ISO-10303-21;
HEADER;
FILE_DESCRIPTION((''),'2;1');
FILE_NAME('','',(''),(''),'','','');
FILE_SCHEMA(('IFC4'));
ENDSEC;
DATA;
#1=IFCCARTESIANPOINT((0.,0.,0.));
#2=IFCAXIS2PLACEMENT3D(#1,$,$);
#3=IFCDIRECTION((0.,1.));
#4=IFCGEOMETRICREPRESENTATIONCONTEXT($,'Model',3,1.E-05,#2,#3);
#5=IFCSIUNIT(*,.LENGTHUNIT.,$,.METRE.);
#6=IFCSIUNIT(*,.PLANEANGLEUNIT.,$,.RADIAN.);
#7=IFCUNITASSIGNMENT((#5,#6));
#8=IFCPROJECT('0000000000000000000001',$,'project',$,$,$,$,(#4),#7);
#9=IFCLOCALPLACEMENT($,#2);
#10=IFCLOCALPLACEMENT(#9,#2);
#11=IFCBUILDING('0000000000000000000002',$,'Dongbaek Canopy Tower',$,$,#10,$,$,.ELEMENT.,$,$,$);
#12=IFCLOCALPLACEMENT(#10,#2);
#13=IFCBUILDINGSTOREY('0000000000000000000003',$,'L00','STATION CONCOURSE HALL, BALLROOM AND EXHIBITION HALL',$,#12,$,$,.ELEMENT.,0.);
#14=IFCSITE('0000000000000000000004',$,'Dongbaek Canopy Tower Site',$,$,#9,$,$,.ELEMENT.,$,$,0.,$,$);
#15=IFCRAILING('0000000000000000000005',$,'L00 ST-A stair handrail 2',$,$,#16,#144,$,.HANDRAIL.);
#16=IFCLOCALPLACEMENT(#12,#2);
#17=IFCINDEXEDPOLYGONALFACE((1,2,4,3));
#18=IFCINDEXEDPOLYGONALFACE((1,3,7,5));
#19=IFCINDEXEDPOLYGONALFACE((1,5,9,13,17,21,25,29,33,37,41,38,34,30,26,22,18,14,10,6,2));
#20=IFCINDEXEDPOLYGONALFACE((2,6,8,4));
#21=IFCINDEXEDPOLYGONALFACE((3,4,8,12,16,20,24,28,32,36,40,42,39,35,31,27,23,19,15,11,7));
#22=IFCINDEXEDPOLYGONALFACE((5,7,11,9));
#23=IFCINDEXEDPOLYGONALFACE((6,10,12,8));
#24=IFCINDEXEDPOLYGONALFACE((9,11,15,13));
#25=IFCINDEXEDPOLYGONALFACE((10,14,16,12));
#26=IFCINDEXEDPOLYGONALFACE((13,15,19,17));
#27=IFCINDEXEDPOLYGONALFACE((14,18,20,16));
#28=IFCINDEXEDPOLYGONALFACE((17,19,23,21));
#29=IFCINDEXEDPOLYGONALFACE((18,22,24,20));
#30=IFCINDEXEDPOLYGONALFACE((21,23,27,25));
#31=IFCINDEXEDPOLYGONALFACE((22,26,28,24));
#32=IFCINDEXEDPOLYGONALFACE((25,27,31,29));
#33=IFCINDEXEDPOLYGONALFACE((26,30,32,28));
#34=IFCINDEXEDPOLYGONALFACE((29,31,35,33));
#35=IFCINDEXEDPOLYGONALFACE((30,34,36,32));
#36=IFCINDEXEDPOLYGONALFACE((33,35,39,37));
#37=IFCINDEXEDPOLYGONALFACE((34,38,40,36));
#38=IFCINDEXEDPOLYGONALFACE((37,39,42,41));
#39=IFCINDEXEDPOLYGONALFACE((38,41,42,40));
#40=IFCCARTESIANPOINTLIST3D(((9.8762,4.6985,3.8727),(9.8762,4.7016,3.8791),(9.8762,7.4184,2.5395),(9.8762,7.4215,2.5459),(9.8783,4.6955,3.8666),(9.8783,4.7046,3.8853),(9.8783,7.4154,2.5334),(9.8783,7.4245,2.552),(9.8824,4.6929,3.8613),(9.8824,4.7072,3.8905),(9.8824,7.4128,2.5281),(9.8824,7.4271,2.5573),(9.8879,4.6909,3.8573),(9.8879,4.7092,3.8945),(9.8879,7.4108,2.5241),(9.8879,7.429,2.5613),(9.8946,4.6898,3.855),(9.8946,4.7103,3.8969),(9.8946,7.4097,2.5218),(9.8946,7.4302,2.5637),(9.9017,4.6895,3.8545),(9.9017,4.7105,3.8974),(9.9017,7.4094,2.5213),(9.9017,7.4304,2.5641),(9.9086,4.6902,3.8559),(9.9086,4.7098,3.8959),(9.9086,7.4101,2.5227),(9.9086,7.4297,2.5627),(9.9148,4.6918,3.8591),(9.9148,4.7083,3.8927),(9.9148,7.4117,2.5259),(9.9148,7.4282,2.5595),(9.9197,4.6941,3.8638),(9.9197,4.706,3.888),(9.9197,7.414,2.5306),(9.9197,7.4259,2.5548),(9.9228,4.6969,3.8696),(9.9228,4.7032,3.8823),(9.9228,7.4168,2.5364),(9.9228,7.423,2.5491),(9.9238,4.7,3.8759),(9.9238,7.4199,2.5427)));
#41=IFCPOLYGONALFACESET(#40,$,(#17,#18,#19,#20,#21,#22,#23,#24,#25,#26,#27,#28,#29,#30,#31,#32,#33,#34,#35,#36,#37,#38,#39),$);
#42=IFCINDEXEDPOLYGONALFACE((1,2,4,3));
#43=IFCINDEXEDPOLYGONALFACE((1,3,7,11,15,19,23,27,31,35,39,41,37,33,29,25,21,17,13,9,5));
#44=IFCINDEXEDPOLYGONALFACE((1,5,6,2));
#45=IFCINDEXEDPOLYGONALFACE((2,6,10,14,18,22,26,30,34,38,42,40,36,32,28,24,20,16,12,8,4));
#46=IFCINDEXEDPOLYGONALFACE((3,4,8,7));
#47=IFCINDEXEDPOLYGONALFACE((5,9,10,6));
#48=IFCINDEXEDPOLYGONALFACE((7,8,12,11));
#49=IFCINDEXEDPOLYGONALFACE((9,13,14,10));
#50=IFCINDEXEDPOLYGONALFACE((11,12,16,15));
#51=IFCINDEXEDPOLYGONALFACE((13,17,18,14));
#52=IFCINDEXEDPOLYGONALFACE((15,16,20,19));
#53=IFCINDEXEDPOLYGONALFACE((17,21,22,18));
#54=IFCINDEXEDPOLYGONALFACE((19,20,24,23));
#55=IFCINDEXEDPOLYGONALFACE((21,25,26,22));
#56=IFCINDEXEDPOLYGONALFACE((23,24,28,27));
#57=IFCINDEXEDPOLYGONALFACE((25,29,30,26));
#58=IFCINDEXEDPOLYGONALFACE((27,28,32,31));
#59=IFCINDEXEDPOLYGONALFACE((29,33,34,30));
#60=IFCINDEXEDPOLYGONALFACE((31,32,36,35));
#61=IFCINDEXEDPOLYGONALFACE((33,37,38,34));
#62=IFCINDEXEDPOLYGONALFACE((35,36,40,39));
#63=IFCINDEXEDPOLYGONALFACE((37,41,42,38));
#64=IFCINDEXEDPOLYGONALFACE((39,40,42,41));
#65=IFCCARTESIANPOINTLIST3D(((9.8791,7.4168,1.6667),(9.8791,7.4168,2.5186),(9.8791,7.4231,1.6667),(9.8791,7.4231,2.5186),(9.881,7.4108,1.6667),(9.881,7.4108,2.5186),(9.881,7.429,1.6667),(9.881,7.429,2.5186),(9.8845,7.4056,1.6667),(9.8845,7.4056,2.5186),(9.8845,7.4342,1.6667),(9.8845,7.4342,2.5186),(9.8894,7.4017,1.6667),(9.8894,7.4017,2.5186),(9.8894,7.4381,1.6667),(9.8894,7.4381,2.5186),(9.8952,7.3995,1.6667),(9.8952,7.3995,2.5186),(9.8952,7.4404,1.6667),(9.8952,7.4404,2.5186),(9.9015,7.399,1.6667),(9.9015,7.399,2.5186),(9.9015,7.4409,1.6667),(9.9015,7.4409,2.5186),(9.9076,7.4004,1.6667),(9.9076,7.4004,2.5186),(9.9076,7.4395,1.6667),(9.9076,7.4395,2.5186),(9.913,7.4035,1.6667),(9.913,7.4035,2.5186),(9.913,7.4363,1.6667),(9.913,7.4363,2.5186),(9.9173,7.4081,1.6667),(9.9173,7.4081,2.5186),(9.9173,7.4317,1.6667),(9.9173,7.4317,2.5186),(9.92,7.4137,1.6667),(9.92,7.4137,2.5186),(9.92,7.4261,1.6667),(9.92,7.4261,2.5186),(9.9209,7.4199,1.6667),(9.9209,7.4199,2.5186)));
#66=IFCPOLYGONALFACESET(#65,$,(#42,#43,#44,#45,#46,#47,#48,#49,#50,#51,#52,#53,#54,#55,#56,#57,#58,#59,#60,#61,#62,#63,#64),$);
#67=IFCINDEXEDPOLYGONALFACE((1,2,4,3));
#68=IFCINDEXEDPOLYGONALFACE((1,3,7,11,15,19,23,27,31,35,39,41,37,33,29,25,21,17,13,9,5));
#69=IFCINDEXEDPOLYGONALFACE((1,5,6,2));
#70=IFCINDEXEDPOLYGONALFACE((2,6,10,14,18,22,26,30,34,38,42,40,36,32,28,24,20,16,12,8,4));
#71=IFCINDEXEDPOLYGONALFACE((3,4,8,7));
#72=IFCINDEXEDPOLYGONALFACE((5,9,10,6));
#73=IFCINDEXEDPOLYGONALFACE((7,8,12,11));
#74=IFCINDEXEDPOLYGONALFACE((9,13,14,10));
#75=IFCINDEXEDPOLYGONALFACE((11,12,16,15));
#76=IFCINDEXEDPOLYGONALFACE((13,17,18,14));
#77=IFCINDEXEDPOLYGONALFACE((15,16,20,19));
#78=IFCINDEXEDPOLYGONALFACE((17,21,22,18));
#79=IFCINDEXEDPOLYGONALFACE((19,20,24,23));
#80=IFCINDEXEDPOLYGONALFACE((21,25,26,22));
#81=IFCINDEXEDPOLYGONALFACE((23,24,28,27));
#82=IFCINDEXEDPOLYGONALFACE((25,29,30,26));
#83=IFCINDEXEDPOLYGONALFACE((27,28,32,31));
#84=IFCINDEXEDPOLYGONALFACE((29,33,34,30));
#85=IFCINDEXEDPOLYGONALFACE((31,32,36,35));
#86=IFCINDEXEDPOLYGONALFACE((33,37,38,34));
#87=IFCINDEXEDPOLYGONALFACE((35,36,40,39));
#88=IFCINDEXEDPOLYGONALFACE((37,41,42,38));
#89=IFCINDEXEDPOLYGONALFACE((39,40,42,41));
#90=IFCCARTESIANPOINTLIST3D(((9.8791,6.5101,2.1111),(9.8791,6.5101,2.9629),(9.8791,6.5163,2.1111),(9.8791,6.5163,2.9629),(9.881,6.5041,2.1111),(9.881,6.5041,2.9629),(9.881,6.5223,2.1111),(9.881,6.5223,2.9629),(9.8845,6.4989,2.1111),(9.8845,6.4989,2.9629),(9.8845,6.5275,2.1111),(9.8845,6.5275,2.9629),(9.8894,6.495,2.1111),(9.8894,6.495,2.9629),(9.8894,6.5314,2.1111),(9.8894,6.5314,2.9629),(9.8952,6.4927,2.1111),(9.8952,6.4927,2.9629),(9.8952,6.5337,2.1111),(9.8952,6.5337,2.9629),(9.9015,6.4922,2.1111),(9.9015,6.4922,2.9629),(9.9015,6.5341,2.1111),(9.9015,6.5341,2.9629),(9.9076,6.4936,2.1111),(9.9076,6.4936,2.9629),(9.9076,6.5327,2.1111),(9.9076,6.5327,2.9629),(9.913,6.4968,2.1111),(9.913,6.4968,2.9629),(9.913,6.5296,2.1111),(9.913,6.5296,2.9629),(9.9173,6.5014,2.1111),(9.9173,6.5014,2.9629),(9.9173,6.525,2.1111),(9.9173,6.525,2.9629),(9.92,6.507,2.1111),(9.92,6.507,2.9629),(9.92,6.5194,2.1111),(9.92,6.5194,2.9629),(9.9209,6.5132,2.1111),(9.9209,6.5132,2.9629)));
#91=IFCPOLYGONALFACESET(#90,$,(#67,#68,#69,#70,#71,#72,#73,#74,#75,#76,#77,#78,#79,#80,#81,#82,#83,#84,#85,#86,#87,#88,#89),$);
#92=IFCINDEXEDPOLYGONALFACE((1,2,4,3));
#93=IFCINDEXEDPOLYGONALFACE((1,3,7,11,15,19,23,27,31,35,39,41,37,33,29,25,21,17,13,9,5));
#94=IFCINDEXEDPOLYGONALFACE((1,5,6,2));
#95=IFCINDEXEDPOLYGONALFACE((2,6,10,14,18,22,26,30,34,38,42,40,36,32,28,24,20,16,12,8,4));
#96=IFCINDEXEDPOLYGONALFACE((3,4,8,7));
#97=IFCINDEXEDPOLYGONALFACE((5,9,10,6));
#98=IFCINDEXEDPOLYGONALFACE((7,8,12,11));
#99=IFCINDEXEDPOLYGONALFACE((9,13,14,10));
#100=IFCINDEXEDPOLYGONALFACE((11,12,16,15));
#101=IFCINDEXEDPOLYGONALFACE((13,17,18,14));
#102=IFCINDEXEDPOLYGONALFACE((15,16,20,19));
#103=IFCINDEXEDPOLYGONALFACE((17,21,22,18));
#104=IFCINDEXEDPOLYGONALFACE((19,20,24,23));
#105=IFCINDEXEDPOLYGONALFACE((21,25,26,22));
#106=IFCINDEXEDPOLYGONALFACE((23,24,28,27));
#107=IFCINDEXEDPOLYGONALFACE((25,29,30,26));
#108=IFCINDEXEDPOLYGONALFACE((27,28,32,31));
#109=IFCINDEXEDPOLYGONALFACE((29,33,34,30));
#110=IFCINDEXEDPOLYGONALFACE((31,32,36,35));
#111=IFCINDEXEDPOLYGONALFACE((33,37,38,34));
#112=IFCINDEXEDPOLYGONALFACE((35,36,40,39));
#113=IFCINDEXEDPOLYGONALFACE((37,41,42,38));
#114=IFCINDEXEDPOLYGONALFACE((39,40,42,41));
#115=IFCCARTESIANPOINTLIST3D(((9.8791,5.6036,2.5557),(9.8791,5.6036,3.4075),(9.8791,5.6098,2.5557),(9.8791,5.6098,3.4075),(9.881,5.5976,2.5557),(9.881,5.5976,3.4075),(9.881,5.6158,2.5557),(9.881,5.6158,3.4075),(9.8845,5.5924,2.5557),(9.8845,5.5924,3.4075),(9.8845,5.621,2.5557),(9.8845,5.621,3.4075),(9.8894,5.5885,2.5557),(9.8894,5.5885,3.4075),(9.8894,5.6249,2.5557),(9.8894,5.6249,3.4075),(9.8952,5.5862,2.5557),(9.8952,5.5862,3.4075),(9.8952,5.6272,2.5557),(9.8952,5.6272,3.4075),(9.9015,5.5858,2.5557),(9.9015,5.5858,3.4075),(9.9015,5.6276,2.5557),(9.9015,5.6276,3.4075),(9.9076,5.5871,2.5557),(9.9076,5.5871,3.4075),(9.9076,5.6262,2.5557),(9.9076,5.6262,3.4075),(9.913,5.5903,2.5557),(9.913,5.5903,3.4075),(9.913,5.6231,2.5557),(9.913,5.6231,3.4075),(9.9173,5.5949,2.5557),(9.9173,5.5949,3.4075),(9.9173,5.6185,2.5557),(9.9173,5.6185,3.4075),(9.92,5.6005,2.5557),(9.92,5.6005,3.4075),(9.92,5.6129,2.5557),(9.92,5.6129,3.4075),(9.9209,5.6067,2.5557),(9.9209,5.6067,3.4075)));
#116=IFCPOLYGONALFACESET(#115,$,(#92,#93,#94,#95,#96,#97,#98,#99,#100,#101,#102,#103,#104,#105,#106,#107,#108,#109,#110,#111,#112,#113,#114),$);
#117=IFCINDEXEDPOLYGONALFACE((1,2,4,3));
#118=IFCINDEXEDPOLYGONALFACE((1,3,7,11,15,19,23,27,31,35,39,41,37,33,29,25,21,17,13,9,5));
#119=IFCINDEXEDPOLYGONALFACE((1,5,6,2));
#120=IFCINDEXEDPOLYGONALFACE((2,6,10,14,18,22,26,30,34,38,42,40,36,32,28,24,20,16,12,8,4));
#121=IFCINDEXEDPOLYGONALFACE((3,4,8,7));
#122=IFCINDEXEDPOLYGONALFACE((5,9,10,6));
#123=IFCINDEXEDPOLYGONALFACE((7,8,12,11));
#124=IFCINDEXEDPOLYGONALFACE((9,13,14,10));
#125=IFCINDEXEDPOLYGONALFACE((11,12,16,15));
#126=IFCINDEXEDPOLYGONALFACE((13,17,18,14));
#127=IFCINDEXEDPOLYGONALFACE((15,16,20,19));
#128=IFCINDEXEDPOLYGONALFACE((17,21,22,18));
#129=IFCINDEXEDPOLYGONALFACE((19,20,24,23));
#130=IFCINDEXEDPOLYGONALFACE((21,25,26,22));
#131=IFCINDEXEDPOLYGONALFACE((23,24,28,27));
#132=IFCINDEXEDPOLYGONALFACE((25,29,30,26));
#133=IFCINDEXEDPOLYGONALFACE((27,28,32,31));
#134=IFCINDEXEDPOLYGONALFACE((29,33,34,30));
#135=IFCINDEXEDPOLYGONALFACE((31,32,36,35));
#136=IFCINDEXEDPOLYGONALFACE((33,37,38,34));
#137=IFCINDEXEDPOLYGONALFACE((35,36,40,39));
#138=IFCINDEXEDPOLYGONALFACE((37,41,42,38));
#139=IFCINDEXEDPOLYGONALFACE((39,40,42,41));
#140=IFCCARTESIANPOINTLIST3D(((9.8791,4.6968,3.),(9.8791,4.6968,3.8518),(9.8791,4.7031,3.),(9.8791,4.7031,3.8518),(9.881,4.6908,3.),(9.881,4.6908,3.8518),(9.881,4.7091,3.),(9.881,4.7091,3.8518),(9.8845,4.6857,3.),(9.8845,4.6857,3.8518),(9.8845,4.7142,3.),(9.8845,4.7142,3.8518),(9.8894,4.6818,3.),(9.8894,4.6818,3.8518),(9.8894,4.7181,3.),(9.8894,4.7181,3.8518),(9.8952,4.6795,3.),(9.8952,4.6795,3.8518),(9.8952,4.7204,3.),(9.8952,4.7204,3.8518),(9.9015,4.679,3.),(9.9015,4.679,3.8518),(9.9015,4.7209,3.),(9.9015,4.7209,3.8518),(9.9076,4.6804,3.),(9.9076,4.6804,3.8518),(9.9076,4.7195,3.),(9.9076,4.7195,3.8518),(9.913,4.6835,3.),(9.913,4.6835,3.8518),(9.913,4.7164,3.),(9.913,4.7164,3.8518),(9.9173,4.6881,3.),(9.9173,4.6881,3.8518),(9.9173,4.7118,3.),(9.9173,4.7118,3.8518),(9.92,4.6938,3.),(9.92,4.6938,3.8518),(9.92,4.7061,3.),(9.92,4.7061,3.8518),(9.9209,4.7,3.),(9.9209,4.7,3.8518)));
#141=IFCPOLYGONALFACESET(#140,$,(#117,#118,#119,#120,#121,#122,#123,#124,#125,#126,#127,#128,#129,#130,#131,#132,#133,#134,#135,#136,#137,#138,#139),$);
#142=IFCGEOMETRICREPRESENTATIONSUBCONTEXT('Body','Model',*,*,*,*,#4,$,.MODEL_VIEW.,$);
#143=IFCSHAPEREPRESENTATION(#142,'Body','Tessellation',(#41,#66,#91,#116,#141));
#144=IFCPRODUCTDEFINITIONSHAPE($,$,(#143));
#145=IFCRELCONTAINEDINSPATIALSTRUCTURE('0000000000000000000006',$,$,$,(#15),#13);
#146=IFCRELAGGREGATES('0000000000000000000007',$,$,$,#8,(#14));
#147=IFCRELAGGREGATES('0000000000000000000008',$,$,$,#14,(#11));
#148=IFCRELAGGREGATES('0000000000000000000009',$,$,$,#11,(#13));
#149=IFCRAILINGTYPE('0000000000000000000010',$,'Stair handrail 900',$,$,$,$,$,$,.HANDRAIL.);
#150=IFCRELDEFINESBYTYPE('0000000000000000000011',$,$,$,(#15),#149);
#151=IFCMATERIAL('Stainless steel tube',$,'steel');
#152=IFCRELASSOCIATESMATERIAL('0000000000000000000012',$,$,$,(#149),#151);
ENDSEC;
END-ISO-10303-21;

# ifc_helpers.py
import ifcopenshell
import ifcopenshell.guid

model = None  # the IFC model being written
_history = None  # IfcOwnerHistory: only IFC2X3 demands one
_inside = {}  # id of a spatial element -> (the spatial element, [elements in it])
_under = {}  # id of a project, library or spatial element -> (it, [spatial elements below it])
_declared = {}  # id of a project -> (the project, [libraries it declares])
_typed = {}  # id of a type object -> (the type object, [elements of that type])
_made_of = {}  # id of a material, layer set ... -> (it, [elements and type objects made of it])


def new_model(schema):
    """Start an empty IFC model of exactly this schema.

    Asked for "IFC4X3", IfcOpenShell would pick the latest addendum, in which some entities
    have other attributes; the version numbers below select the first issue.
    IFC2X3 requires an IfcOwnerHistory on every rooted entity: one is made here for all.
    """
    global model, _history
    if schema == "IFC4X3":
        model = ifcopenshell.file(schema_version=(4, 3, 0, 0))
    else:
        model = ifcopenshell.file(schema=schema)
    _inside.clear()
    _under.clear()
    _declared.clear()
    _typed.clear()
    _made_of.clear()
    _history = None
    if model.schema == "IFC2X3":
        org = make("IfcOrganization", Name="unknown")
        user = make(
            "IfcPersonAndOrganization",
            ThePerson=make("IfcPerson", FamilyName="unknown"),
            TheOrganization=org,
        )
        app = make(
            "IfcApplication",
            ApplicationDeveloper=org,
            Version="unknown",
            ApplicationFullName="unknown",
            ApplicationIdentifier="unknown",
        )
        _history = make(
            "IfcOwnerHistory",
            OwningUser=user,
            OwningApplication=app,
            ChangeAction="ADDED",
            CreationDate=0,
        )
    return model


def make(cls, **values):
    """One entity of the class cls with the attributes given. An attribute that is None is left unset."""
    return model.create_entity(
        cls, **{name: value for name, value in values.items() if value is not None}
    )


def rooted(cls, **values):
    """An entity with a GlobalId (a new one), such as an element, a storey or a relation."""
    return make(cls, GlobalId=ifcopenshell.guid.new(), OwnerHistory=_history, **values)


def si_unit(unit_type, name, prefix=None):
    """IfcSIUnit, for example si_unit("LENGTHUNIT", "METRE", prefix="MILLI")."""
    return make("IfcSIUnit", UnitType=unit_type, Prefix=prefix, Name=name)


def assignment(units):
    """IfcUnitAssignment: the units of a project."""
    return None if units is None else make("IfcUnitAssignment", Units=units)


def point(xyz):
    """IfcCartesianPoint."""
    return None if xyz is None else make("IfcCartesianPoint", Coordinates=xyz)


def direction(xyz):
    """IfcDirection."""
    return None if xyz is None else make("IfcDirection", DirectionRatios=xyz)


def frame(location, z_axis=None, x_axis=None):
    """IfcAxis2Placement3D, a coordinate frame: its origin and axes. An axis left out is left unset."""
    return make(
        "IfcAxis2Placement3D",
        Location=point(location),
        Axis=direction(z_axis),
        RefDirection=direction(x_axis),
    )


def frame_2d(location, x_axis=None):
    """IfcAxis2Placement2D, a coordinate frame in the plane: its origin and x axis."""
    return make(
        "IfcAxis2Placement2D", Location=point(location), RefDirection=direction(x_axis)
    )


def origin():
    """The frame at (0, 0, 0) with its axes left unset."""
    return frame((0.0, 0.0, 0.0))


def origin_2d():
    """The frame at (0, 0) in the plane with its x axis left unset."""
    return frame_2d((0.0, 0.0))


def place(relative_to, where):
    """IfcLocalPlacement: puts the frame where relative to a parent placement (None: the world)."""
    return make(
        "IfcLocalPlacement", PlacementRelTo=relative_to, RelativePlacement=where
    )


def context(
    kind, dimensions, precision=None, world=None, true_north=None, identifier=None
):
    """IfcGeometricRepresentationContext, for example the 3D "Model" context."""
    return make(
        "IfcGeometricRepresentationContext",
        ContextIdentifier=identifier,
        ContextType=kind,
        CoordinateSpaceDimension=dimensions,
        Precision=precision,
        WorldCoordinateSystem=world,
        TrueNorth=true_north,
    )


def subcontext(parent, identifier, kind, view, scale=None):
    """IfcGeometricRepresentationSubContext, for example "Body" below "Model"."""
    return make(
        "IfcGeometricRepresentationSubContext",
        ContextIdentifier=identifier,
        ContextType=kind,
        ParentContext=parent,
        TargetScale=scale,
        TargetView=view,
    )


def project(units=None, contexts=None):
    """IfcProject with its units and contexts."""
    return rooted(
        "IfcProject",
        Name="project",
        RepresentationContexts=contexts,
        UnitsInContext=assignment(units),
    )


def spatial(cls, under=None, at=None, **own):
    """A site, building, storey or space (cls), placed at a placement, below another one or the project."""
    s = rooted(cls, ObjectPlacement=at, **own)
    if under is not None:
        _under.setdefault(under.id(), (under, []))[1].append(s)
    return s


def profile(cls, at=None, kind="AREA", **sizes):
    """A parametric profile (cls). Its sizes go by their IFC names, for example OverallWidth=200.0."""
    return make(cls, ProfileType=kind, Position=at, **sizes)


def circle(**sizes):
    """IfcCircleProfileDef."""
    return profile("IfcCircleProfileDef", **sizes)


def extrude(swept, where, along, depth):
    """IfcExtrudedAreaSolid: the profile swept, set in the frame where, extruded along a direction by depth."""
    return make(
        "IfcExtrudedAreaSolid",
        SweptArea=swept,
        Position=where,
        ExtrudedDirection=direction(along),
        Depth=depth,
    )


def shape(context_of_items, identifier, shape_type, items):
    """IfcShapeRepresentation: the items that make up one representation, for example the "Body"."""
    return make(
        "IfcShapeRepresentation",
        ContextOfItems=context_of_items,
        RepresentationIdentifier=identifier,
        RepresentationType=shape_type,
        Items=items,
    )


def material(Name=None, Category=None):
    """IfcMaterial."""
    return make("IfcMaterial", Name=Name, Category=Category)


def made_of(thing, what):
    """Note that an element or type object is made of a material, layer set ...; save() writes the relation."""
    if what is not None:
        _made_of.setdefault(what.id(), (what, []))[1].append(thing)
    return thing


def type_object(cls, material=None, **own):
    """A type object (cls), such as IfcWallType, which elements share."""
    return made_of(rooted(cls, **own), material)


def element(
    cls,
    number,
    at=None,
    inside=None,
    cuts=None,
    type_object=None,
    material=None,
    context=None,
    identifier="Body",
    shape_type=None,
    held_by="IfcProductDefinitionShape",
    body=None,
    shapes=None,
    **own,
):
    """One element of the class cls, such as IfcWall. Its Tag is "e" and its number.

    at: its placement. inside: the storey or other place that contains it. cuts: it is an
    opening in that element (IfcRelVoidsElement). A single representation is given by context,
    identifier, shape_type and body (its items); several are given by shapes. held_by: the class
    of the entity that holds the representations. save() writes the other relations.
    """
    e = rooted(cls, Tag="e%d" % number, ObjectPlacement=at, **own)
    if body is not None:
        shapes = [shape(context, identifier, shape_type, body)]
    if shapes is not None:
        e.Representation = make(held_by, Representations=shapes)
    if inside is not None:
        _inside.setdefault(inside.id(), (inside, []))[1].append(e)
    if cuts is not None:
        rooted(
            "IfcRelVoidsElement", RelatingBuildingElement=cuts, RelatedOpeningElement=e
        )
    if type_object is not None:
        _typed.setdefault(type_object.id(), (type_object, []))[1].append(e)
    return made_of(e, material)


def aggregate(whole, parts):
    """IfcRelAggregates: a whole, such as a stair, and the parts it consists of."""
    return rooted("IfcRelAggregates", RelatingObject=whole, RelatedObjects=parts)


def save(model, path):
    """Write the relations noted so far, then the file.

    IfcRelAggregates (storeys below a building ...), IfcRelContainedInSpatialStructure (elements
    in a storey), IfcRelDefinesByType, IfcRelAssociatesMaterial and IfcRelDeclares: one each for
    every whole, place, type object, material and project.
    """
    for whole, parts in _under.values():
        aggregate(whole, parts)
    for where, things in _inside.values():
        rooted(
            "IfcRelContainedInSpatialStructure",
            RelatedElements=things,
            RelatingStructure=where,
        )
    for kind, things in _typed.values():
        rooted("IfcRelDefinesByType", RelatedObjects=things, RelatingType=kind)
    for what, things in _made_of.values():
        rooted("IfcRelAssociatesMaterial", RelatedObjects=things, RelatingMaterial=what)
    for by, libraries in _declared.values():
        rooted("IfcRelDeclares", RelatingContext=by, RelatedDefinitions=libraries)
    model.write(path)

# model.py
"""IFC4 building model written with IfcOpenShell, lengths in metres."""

from ifc_helpers import new_model, si_unit, direction, frame, origin, origin_2d, place, context, subcontext, project, spatial, circle, extrude, material, type_object, element, save


model = new_model("IFC4")

# Units and contexts
model_context = context("Model", 3, precision=1e-05, world=origin(), true_north=direction((0.0, 1.0)))
body_context = subcontext(model_context, "Body", "Model", "MODEL_VIEW")
ifc_project = project(units=[si_unit("LENGTHUNIT", "METRE"), si_unit("PLANEANGLEUNIT", "RADIAN")], contexts=[model_context])

# Site, building, storey
site_placement = place(None, origin())
site = spatial("IfcSite", under=ifc_project, at=site_placement, Name="Dongbaek Canopy Tower Site", CompositionType="ELEMENT", RefElevation=0.0)
building_placement = place(site_placement, origin())
building = spatial("IfcBuilding", under=site, at=building_placement, Name="Dongbaek Canopy Tower", CompositionType="ELEMENT")
storey_placement = place(building_placement, origin())
storey = spatial("IfcBuildingStorey", under=building, at=storey_placement, Name="L00", Description="STATION CONCOURSE HALL, BALLROOM AND EXHIBITION HALL", CompositionType="ELEMENT", Elevation=0.0)

# Railing
ifc_material_1 = material(Name="Stainless steel tube", Category="steel")
railing_type = type_object("IfcRailingType", Name="Stair handrail 900", PredefinedType="HANDRAIL", material=ifc_material_1)
for number, where, name in (
    (1, (9.8999, 7.4199, 1.6667), "L00 ST-A stair handrail 2"),
):
    element("IfcRailing", number, at=place(storey_placement, frame(where)), inside=storey, type_object=railing_type, Name=name, PredefinedType="HANDRAIL", context=body_context, shape_type="SweptSolid", body=[
        extrude(circle(Radius=0.0239, at=origin_2d()), frame((0.0, 0.0, 0.876), z_axis=(0.0, -0.897929, 0.440139), x_axis=(1.0, 0.0, 0.0)), (0.0, 0.0, 1.0), 3.0291),
        extrude(circle(Radius=0.021, at=origin_2d()), origin(), (0.0, 0.0, 1.0), 0.8518),
        extrude(circle(Radius=0.021, at=origin_2d()), frame((0.0, -0.9067, 0.4443)), (0.0, 0.0, 1.0), 0.8518),
        extrude(circle(Radius=0.021, at=origin_2d()), frame((0.0, -1.8132, 0.8889)), (0.0, 0.0, 1.0), 0.8518),
        extrude(circle(Radius=0.021, at=origin_2d()), frame((0.0, -2.72, 1.3333)), (0.0, 0.0, 1.0), 0.8518),
    ])

save(model, "model.ifc")
